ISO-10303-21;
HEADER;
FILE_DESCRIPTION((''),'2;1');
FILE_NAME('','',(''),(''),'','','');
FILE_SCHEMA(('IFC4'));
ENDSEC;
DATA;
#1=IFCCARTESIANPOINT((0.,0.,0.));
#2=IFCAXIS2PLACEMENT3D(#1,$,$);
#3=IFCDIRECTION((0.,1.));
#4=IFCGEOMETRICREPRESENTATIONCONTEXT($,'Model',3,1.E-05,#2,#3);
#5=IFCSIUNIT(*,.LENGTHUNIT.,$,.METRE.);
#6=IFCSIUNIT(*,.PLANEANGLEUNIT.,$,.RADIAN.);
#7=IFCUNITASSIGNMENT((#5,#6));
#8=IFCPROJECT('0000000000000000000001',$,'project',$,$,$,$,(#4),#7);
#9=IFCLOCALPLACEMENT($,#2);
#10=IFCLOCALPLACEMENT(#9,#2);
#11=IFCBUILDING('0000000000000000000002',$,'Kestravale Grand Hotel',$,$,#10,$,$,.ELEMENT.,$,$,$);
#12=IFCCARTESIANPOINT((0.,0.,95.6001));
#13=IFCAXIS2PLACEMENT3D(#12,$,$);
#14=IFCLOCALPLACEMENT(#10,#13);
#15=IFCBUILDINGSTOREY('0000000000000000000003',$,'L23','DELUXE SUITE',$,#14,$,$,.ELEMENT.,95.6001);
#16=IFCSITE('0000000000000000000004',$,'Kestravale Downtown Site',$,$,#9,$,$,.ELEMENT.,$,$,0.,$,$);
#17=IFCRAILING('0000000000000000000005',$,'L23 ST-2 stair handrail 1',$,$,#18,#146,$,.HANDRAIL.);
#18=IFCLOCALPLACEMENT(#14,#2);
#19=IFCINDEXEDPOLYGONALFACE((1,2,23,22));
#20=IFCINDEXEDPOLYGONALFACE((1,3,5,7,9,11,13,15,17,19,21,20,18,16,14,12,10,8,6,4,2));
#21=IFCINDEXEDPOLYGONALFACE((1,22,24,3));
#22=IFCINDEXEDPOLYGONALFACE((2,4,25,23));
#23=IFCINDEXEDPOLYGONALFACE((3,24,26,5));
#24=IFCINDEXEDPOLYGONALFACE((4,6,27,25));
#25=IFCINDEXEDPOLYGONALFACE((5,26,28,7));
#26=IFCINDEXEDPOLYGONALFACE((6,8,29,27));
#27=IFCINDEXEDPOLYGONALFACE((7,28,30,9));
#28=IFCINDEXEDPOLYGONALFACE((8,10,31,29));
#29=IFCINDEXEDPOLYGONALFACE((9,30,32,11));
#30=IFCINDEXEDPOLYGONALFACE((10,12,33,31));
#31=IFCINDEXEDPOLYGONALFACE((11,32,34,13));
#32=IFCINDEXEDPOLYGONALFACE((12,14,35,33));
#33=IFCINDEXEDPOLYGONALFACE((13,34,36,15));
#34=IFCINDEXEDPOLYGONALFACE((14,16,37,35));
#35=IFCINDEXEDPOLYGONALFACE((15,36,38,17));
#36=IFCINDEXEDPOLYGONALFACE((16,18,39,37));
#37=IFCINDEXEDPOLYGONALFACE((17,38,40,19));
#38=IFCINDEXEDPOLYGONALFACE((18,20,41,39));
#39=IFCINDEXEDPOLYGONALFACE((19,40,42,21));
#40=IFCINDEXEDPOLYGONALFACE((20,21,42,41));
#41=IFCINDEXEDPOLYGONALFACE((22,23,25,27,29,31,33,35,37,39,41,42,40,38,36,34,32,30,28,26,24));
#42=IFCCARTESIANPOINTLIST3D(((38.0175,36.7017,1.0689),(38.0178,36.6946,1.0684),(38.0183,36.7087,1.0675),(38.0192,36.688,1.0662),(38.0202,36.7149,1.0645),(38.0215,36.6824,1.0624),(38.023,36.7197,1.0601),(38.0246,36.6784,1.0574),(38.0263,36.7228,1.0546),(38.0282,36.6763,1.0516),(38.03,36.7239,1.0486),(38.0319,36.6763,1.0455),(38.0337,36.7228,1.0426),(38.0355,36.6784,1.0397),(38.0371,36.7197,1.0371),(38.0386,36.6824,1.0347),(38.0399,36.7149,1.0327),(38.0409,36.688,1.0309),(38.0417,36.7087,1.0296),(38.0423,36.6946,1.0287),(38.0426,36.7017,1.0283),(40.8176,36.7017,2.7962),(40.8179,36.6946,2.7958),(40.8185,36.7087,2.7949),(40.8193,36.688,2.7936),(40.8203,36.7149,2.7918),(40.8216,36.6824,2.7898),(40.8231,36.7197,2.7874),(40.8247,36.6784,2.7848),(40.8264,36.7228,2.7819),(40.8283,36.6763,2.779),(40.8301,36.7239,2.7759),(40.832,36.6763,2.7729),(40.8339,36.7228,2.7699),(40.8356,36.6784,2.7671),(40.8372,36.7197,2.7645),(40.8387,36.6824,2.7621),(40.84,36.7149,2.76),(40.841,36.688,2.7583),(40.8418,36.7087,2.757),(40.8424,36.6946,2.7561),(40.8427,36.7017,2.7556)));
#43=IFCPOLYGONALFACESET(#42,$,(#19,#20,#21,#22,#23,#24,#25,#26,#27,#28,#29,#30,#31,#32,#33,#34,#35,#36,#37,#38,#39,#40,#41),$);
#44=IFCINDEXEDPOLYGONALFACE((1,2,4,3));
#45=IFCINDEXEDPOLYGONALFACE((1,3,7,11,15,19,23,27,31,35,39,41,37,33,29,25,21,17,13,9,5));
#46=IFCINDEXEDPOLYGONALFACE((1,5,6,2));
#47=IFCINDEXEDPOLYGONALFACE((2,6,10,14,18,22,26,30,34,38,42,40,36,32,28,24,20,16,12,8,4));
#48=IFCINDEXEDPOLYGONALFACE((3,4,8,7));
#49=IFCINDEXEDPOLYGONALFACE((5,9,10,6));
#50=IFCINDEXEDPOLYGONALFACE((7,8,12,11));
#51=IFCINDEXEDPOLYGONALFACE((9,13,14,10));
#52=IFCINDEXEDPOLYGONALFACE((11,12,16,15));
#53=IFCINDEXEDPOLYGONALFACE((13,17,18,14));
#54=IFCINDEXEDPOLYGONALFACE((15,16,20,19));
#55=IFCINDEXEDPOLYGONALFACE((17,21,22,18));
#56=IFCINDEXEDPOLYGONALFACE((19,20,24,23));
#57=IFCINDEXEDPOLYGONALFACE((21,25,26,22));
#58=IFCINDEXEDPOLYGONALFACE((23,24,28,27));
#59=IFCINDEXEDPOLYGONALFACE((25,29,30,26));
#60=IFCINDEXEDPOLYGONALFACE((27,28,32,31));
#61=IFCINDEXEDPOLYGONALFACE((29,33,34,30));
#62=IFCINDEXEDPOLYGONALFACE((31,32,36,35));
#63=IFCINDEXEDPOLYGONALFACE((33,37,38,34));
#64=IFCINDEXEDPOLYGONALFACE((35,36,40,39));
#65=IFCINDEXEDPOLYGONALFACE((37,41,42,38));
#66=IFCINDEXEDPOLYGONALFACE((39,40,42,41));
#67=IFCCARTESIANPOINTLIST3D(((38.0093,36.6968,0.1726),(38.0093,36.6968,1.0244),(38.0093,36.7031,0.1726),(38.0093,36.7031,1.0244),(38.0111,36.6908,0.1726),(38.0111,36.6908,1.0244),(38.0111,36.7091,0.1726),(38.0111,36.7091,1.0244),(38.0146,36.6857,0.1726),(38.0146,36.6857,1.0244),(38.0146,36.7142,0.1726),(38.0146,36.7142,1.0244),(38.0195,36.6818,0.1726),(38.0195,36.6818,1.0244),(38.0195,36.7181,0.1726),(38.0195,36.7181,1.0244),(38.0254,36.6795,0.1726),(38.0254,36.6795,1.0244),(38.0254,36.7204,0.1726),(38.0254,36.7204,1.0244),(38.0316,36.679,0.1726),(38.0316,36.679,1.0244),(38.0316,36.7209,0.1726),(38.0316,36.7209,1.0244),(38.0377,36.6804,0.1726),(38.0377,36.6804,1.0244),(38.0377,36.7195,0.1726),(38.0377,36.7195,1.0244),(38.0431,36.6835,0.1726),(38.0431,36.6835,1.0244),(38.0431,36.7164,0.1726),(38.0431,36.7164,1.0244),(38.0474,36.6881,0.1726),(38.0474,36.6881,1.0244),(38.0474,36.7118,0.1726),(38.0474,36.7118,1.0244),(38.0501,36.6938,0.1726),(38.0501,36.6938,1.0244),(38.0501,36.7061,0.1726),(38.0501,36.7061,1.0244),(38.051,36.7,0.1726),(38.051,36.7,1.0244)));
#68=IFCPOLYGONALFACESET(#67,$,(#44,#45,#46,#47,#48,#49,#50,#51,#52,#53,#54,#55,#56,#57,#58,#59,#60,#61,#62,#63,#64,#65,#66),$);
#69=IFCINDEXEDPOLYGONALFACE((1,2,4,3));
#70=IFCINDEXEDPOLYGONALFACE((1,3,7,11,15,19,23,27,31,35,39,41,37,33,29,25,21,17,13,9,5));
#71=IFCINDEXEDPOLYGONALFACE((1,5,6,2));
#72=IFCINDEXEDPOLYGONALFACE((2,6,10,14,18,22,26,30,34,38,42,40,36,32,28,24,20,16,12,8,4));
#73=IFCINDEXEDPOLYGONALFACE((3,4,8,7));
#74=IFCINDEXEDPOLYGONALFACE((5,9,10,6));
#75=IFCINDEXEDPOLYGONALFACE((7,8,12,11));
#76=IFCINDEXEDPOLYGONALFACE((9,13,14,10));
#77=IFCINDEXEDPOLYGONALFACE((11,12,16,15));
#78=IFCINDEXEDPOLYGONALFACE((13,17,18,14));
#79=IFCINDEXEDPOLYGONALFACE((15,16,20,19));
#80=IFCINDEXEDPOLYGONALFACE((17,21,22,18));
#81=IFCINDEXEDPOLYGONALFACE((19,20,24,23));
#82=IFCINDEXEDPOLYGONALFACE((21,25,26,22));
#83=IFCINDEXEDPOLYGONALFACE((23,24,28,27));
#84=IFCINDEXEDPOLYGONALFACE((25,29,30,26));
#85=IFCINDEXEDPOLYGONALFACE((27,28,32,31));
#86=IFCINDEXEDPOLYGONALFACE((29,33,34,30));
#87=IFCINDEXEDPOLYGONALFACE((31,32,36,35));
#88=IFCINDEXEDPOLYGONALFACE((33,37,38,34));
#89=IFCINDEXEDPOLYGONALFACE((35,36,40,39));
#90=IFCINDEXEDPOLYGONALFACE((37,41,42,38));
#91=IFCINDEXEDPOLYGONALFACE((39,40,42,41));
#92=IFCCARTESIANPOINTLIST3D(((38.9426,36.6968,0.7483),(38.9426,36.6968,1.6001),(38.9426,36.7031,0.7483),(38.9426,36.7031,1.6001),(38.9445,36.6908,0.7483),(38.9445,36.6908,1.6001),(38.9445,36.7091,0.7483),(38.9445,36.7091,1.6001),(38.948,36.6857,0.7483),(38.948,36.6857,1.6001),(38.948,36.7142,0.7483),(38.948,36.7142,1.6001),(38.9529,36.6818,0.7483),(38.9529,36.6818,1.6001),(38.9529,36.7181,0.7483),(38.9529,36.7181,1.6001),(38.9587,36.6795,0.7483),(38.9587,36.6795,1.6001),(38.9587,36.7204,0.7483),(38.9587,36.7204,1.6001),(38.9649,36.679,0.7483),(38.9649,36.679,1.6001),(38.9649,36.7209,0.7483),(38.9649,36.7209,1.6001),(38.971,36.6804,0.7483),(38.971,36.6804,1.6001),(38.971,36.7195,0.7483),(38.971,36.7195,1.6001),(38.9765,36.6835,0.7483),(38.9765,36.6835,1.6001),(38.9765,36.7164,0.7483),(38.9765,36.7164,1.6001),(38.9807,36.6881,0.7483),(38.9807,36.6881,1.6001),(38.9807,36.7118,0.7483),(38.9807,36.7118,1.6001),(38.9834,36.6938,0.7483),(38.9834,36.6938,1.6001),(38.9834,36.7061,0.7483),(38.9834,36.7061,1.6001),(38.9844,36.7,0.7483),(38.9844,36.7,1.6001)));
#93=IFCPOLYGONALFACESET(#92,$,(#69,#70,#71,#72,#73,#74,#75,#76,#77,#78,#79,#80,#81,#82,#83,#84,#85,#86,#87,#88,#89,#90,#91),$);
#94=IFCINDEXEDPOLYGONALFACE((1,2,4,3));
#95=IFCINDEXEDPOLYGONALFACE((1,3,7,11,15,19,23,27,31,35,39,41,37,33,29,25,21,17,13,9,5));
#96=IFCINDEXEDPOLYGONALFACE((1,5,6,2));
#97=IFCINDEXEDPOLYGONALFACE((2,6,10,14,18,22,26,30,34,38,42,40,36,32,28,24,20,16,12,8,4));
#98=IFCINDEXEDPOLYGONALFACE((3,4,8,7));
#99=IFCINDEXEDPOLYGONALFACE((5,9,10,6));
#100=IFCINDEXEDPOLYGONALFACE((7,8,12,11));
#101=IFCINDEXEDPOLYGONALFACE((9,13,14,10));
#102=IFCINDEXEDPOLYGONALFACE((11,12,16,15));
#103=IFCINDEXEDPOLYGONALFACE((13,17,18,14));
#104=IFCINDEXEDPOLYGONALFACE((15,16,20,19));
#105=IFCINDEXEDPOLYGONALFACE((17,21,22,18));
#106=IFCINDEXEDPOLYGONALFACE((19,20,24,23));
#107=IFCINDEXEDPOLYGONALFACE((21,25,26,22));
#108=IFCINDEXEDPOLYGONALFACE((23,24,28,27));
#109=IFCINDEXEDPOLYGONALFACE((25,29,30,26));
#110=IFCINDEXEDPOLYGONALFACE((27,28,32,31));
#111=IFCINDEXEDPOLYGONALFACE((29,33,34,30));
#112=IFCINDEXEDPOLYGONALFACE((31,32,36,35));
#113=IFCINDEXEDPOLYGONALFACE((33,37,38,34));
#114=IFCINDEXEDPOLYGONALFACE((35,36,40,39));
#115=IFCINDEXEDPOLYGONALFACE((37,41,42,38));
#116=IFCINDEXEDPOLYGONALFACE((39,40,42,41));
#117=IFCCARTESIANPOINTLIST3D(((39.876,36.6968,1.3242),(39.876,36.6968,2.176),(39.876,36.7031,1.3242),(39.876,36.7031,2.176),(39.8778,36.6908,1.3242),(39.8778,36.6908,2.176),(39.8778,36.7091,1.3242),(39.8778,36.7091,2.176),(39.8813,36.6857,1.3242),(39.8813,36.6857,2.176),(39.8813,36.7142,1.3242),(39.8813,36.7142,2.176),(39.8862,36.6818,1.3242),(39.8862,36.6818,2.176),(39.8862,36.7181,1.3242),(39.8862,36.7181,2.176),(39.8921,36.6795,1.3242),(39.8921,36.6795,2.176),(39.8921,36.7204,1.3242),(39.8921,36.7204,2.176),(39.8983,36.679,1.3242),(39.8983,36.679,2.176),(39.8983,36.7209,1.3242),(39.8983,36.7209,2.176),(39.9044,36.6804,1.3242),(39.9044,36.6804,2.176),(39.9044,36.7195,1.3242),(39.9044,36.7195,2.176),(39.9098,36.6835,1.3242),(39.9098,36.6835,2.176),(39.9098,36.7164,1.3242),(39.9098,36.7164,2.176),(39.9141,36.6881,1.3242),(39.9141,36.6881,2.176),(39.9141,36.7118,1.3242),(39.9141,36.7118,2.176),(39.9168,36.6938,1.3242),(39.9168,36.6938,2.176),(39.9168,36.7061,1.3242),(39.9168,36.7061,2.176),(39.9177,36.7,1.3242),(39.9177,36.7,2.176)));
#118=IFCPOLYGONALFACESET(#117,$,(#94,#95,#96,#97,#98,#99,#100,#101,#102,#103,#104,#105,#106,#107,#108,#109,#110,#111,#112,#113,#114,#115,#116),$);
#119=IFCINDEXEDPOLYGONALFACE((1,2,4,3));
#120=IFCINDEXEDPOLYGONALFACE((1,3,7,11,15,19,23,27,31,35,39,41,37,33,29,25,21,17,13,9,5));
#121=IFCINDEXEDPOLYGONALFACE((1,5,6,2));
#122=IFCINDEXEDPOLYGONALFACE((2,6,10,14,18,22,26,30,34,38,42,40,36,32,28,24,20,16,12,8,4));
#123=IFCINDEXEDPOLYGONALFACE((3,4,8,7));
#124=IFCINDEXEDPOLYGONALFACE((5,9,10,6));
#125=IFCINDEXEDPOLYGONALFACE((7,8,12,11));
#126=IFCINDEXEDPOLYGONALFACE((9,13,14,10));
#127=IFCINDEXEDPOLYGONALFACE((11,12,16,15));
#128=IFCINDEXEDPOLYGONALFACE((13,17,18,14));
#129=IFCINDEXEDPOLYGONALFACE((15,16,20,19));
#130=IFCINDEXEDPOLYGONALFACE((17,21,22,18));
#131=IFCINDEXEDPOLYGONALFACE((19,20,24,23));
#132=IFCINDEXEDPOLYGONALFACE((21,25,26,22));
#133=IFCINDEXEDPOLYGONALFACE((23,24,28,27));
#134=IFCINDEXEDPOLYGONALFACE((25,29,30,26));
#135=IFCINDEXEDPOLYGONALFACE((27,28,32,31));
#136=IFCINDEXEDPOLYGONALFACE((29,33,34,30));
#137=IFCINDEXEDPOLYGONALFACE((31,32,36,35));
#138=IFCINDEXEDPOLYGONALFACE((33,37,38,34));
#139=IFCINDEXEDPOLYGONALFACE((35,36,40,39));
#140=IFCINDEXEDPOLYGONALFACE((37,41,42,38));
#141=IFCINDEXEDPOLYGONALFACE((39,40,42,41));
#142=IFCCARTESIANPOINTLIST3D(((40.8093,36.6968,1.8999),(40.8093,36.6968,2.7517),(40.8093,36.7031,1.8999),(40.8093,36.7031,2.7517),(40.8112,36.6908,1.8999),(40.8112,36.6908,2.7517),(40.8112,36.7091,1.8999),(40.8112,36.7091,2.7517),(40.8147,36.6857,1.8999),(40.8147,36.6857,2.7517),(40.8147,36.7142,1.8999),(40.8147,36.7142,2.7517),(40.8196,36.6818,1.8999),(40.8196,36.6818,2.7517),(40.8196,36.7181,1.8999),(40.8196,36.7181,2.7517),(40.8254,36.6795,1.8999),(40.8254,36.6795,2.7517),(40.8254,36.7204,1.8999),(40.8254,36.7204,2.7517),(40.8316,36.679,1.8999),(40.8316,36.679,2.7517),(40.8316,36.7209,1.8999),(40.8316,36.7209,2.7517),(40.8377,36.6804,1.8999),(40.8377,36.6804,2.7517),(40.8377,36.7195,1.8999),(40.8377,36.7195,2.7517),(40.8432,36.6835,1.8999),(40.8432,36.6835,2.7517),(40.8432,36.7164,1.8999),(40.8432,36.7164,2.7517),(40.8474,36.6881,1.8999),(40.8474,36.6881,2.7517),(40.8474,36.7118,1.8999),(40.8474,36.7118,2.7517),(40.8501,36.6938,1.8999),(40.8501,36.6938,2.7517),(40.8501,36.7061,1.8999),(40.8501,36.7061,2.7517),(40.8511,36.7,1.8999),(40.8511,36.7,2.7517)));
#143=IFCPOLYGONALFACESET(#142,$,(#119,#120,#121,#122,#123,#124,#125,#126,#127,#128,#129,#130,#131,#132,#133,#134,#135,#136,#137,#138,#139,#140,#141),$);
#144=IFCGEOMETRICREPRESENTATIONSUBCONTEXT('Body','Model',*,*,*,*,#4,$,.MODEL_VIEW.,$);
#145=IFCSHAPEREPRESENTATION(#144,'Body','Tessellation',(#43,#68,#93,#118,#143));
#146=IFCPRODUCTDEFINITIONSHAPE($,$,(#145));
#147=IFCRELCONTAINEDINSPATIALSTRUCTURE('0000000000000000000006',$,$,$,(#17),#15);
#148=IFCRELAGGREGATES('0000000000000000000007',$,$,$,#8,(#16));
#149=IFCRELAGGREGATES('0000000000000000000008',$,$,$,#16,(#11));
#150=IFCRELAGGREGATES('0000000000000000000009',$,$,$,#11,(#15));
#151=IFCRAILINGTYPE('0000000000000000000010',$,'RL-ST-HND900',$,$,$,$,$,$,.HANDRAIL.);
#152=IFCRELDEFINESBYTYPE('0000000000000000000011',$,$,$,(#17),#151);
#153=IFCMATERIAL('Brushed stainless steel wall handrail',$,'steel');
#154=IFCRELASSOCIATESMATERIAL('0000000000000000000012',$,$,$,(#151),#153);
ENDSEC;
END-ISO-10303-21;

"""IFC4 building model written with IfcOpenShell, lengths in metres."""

from ifc_helpers import new_model, si_unit, direction, frame, origin, origin_2d, place, context, subcontext, project, spatial, circle, extrude, material, type_object, element, save


model = new_model("IFC4")

# Units and contexts
model_context = context("Model", 3, precision=1e-05, world=origin(), true_north=direction((0.0, 1.0)))
body_context = subcontext(model_context, "Body", "Model", "MODEL_VIEW")
ifc_project = project(units=[si_unit("LENGTHUNIT", "METRE"), si_unit("PLANEANGLEUNIT", "RADIAN")], contexts=[model_context])

# Site, building, storey
site_placement = place(None, origin())
site = spatial("IfcSite", under=ifc_project, at=site_placement, Name="Kestravale Downtown Site", CompositionType="ELEMENT", RefElevation=0.0)
building_placement = place(site_placement, origin())
building = spatial("IfcBuilding", under=site, at=building_placement, Name="Kestravale Grand Hotel", CompositionType="ELEMENT")
storey_placement = place(building_placement, frame((0.0, 0.0, 95.6001)))
storey = spatial("IfcBuildingStorey", under=building, at=storey_placement, Name="L23", Description="DELUXE SUITE", CompositionType="ELEMENT", Elevation=95.6001)

# Railing
ifc_material_1 = material(Name="Brushed stainless steel wall handrail", Category="steel")
railing_type_1 = type_object("IfcRailingType", Name="RL-ST-HND900", PredefinedType="HANDRAIL", material=ifc_material_1)
railing_1_placement = place(storey_placement, frame((38.03, 36.7, 0.1726)))
element("IfcRailing", 1, at=railing_1_placement, inside=storey, type_object=railing_type_1, Name="L23 ST-2 stair handrail 1", PredefinedType="HANDRAIL", context=body_context, shape_type="SweptSolid", body=[
    extrude(circle(Radius=0.0239, at=origin_2d()), frame((0.0, 0.0, 0.876), z_axis=(0.85109, 0.0, 0.52502), x_axis=(0.0, 1.0, 0.0)), (0.0, 0.0, 1.0), 3.29),
    extrude(circle(Radius=0.021, at=origin_2d()), origin(), (0.0, 0.0, 1.0), 0.8518),
    extrude(circle(Radius=0.021, at=origin_2d()), frame((0.9333, 0.0, 0.5757)), (0.0, 0.0, 1.0), 0.8518),
    extrude(circle(Radius=0.021, at=origin_2d()), frame((1.8667, 0.0, 1.1516)), (0.0, 0.0, 1.0), 0.8518),
    extrude(circle(Radius=0.021, at=origin_2d()), frame((2.8, 0.0, 1.7273)), (0.0, 0.0, 1.0), 0.8518),
])

save(model, "model.ifc")
